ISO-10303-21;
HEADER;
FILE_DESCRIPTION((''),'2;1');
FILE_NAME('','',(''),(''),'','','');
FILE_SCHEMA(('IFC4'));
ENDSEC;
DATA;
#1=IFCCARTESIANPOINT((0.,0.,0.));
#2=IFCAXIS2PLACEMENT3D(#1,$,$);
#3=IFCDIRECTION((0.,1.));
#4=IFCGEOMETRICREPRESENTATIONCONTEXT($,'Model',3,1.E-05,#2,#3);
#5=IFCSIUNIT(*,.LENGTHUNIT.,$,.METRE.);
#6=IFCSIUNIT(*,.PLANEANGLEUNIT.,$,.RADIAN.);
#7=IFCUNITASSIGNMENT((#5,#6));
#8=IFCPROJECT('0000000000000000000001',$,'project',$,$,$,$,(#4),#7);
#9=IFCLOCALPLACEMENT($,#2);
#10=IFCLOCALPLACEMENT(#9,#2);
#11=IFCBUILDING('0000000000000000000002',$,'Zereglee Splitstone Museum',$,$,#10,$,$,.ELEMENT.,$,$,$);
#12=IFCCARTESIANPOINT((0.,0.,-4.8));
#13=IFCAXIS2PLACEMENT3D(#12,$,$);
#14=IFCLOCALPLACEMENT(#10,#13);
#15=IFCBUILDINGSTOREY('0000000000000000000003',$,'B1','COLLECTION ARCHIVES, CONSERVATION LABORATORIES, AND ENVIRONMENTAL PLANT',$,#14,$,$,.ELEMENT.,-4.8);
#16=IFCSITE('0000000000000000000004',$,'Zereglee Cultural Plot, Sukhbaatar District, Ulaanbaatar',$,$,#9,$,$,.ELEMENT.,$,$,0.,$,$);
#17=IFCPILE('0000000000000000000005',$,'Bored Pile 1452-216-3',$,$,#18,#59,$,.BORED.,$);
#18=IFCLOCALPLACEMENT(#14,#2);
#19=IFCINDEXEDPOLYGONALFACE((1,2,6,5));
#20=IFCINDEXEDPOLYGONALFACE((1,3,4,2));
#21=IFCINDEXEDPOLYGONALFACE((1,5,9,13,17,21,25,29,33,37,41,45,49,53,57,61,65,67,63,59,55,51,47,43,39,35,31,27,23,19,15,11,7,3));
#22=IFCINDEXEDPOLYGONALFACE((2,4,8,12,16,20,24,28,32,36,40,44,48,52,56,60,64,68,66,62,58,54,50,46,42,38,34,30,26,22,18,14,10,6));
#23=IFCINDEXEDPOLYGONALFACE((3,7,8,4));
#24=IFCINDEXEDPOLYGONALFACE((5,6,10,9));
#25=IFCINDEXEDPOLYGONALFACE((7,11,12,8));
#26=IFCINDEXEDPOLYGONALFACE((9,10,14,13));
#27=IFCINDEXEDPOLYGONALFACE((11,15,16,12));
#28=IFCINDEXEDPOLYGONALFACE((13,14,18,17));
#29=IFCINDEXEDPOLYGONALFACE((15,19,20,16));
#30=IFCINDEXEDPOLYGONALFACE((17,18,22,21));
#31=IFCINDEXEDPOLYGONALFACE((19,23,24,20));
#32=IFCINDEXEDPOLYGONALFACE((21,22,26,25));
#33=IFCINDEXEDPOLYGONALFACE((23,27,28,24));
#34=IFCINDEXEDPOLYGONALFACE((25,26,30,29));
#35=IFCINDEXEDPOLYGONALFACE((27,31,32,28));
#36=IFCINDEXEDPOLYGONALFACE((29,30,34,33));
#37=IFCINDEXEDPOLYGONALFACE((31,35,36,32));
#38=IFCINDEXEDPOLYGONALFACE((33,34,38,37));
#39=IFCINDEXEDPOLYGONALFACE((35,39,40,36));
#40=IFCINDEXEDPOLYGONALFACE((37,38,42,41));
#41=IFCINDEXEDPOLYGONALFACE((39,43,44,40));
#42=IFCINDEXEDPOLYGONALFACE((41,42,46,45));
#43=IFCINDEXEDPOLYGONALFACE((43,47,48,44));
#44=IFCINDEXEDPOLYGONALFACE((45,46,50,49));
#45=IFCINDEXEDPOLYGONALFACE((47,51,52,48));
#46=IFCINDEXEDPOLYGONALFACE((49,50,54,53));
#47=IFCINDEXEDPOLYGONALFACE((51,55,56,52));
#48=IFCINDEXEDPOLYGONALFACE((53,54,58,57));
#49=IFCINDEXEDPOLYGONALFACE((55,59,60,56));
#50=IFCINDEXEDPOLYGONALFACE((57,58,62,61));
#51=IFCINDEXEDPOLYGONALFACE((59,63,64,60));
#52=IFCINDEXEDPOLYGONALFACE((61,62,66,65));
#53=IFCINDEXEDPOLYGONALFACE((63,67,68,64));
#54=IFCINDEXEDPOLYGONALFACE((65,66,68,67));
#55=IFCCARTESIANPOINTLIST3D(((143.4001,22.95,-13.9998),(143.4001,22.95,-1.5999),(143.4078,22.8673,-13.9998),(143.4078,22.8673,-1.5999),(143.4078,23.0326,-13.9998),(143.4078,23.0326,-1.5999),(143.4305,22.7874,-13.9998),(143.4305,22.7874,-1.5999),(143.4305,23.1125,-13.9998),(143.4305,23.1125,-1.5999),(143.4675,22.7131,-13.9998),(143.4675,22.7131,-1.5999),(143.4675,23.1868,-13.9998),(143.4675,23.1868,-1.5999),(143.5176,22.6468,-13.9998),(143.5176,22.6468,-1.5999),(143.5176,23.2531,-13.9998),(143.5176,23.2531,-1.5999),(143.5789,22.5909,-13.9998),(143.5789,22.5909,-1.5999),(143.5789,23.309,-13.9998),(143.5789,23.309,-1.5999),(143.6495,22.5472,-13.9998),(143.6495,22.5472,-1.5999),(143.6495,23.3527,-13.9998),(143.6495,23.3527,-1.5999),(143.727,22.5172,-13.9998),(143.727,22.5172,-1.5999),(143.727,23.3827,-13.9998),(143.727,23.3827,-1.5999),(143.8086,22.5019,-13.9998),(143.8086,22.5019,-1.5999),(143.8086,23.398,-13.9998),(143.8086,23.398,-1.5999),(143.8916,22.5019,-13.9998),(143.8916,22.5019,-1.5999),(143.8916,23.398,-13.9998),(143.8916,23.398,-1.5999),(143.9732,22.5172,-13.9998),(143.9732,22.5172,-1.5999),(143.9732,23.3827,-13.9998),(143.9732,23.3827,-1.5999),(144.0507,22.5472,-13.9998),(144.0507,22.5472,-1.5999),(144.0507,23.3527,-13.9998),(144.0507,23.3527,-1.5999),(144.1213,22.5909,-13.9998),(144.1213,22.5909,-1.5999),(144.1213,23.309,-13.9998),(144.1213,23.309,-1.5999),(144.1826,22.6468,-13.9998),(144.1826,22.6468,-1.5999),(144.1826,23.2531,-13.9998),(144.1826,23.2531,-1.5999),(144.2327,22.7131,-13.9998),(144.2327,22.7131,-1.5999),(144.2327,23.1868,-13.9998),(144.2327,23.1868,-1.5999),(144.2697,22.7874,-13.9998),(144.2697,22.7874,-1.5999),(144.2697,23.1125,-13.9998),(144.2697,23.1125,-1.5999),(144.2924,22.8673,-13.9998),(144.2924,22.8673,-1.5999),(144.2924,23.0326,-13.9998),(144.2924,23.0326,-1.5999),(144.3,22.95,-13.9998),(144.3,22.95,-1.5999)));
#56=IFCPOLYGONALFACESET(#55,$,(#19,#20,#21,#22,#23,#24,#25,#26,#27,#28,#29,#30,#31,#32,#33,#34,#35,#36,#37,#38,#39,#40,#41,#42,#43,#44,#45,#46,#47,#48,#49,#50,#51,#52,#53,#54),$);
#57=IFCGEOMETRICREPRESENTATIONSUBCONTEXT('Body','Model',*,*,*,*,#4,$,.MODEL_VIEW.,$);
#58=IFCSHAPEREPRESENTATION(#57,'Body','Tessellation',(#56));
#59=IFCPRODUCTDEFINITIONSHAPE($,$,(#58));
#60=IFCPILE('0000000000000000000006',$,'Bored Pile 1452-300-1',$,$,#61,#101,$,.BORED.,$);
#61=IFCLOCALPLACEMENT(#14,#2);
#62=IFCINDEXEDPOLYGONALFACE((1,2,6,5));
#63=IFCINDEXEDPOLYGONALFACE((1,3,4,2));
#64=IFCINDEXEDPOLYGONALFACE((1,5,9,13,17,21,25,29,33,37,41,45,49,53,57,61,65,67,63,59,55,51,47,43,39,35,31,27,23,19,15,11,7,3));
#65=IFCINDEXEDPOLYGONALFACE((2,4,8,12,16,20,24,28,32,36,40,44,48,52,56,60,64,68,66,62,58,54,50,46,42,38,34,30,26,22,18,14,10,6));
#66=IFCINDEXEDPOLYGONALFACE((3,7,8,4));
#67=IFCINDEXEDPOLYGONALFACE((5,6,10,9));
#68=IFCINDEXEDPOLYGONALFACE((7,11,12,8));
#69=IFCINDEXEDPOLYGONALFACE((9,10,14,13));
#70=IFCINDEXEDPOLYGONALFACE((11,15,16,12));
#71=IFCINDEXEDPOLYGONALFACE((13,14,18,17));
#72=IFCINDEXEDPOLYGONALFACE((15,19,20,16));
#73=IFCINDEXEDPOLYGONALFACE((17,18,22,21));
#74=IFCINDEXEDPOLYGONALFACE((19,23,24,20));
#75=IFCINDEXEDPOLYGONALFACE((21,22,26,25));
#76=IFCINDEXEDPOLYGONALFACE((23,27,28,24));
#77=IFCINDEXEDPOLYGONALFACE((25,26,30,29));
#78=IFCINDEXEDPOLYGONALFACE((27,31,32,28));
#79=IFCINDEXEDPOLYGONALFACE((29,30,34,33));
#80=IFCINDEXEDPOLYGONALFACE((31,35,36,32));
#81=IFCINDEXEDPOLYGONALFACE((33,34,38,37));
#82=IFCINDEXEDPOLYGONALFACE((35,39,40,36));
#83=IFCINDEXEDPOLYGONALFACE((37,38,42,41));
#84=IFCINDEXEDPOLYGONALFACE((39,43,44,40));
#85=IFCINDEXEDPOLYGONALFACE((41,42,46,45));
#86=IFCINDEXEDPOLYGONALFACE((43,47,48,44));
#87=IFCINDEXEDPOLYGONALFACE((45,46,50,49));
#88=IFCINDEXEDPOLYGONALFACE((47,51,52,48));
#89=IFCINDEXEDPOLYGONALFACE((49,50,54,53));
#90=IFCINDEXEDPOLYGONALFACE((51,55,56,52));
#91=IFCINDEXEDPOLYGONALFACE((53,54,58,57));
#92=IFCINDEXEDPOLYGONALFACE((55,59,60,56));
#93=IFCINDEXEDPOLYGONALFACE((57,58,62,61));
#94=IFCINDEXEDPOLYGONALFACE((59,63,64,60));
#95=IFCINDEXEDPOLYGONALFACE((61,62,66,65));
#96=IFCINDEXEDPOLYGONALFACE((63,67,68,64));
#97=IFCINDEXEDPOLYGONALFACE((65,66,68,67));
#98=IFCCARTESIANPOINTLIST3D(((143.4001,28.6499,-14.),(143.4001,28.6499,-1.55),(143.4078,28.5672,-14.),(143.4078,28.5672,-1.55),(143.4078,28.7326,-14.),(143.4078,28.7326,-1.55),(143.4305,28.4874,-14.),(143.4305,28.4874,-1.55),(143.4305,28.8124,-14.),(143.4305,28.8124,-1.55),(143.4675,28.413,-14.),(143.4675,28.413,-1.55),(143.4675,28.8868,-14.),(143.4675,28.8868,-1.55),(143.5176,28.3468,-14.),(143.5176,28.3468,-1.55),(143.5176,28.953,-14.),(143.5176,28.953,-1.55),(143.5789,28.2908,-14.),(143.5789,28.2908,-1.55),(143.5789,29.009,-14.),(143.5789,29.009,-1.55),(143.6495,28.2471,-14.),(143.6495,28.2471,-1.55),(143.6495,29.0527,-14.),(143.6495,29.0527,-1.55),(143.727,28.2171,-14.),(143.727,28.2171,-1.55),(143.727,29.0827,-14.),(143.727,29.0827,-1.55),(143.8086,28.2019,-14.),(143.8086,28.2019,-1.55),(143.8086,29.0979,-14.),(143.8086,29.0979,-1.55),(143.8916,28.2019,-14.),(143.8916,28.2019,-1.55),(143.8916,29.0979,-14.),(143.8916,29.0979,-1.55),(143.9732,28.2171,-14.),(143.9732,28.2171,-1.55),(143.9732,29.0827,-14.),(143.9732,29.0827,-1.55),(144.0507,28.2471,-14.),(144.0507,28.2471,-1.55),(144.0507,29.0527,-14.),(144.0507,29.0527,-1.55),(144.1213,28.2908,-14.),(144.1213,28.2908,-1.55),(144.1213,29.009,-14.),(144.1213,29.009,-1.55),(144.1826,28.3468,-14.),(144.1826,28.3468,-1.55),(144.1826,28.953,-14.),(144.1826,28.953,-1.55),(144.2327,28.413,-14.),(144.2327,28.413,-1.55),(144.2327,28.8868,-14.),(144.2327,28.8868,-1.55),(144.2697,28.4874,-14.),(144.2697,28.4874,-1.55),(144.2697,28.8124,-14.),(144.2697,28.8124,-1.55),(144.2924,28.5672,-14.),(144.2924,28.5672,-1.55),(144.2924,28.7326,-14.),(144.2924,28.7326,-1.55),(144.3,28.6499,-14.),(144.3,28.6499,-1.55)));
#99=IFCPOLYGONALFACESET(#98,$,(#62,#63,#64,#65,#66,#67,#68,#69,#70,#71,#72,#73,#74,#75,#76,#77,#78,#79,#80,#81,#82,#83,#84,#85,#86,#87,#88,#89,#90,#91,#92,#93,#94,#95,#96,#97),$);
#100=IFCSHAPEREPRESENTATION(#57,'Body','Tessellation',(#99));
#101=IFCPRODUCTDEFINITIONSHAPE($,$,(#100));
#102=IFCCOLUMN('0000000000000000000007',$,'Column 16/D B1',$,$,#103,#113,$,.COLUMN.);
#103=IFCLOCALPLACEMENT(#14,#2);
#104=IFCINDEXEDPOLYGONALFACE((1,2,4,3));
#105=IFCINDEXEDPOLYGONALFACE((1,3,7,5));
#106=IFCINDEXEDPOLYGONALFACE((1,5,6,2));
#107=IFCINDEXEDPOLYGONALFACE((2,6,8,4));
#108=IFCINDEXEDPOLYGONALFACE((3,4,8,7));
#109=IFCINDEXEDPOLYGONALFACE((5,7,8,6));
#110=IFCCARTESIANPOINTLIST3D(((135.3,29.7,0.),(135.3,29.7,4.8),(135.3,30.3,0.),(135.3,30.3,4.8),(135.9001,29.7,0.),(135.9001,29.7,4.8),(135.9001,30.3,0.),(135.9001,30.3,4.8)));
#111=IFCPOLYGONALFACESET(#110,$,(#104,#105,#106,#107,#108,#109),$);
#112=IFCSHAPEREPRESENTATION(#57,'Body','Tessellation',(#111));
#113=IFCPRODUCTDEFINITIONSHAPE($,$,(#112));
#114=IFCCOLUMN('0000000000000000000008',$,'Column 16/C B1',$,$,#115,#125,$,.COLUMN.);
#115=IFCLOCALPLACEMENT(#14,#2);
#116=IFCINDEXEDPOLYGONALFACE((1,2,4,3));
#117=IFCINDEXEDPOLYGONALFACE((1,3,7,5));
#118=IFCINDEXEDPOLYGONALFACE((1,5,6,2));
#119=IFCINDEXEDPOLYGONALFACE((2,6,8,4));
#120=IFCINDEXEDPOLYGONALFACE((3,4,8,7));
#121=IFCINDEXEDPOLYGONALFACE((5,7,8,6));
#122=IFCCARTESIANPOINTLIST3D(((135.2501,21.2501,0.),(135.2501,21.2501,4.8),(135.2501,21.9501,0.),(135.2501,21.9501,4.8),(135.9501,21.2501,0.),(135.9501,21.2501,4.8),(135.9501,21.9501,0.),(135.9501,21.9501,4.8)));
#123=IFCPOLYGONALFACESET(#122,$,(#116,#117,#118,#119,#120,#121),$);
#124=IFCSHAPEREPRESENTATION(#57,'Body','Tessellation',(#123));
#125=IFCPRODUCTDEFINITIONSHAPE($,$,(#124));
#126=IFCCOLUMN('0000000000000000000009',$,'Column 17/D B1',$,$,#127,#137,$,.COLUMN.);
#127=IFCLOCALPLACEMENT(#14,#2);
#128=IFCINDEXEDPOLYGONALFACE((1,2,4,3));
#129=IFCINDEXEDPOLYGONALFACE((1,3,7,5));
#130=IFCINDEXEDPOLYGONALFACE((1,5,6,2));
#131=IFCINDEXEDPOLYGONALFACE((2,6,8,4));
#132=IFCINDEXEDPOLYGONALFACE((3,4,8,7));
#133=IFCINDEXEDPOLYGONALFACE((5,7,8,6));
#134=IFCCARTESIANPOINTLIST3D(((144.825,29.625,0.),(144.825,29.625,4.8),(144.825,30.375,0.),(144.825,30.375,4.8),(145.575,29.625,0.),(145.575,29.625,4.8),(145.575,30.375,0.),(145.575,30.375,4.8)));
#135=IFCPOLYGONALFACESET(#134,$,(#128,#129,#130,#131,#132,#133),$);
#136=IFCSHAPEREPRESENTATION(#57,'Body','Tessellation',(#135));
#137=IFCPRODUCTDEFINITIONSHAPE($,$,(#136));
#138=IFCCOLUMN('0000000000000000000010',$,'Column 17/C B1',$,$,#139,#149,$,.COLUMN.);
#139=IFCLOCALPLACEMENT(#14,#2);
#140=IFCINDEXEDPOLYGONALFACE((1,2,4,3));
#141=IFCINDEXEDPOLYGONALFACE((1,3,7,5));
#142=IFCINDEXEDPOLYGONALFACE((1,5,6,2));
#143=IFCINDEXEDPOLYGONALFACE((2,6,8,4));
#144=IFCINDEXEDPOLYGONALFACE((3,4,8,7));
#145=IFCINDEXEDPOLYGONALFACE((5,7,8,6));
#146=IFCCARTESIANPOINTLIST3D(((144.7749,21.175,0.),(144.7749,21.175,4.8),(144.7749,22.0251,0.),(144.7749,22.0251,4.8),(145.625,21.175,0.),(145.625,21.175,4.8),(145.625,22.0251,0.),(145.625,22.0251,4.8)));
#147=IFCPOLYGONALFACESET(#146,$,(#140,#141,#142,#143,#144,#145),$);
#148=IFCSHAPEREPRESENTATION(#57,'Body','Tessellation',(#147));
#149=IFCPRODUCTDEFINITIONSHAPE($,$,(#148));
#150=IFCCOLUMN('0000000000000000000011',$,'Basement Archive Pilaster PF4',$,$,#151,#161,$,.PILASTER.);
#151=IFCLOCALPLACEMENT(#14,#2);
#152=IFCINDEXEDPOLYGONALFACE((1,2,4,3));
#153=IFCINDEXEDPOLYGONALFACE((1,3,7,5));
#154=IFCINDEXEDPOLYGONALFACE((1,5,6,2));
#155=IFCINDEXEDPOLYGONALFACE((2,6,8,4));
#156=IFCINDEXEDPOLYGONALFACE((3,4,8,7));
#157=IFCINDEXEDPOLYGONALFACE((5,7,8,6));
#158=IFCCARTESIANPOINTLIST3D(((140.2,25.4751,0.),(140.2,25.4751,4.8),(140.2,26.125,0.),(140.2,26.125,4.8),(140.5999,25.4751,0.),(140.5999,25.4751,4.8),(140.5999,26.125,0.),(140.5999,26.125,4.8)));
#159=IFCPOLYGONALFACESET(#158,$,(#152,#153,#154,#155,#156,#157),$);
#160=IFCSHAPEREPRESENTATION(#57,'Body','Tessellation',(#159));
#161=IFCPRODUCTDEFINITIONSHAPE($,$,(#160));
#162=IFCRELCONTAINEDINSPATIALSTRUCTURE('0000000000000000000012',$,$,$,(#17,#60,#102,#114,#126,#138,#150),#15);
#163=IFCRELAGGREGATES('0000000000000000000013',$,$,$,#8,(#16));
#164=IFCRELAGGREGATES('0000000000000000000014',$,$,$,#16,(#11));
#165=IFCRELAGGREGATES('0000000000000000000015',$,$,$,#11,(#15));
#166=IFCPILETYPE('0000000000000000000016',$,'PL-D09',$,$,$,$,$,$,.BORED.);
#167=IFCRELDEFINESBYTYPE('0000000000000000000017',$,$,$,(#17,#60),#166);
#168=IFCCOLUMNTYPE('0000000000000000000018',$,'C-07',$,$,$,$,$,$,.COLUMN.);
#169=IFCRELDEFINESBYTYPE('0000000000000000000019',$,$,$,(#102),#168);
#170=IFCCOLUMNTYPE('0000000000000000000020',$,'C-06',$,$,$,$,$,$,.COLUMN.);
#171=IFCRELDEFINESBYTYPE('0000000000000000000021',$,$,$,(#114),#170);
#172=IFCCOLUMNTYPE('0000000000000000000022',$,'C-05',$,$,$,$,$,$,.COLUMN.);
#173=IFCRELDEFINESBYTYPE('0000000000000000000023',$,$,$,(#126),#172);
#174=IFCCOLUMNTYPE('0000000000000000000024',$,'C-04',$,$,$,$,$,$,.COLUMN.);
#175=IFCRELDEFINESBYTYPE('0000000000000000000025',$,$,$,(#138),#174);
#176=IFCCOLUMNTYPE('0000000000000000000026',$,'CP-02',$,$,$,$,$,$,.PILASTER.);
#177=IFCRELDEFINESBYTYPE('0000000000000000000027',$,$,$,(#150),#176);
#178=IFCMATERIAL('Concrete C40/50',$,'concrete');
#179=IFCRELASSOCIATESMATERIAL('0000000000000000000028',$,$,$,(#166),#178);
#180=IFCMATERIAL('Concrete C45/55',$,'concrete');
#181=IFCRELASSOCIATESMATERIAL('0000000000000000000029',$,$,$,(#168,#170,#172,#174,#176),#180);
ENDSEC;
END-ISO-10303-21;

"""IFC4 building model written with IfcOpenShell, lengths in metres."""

from ifc_helpers import new_model, si_unit, direction, frame, origin, origin_2d, place, context, subcontext, project, spatial, rectangle, circle, extrude, material, material_profile, profile_set, type_object, element, save


model = new_model("IFC4")

# Units and contexts
model_context = context("Model", 3, precision=1e-05, world=origin(), true_north=direction((0.0, 1.0)))
body_context = subcontext(model_context, "Body", "Model", "MODEL_VIEW")
ifc_project = project(units=[si_unit("LENGTHUNIT", "METRE"), si_unit("PLANEANGLEUNIT", "RADIAN")], contexts=[model_context])

# Site, building, storey
site_placement = place(None, origin())
site = spatial("IfcSite", under=ifc_project, at=site_placement, Name="Zereglee Cultural Plot, Sukhbaatar District, Ulaanbaatar", CompositionType="ELEMENT", RefElevation=0.0)
building_placement = place(site_placement, origin())
building = spatial("IfcBuilding", under=site, at=building_placement, Name="Zereglee Splitstone Museum", CompositionType="ELEMENT")
storey_placement = place(building_placement, frame((0.0, 0.0, -4.8)))
storey = spatial("IfcBuildingStorey", under=building, at=storey_placement, Name="B1", Description="COLLECTION ARCHIVES, CONSERVATION LABORATORIES, AND ENVIRONMENTAL PLANT", CompositionType="ELEMENT", Elevation=-4.8)

# Shared definitions
ifc_material_1 = material(Name="Concrete C40/50", Category="concrete")

# Piles
ifc_material_profile_1 = material_profile(ifc_material_1, circle(Radius=0.45, at=origin_2d()), Name="PILE D900")
ifc_profile_set_1 = profile_set([ifc_material_profile_1], Name="Concrete C40/50")
pile_type = type_object("IfcPileType", Name="PL-D09", PredefinedType="BORED", material=ifc_profile_set_1)
for number, where, z_axis, x_axis, name in (
    (1, (143.8501, 22.95, -1.5999), (0.0, 0.0, -1.0), (1.0, 0.0, 0.0), "Bored Pile 1452-216-3"),
):
    element("IfcPile", number, at=place(storey_placement, frame(where, z_axis=z_axis, x_axis=x_axis)), inside=storey, type_object=pile_type, Name=name, PredefinedType="BORED", context=body_context, shape_type="SweptSolid", body=[
        extrude(circle(Radius=0.45, at=origin_2d()), origin(), (0.0, 0.0, 1.0), 12.3999),
    ])
pile_placement = place(storey_placement, frame((143.8501, 28.6499, -1.55), z_axis=(0.0, 0.0, -1.0), x_axis=(1.0, 0.0, 0.0)))
element("IfcPile", 2, at=pile_placement, inside=storey, type_object=pile_type, Name="Bored Pile 1452-300-1", PredefinedType="BORED", context=body_context, shape_type="SweptSolid", body=[
    extrude(circle(Radius=0.45, at=origin_2d()), origin(), (0.0, 0.0, 1.0), 12.45),
])

# Columns
ifc_material_2 = material(Name="Concrete C45/55", Category="concrete")
ifc_material_profile_2 = material_profile(ifc_material_2, rectangle(XDim=0.6001, YDim=0.6001, at=origin_2d()), Name="RC 600x600")
ifc_profile_set_2 = profile_set([ifc_material_profile_2], Name="Concrete C45/55")
column_type_1 = type_object("IfcColumnType", Name="C-07", PredefinedType="COLUMN", material=ifc_profile_set_2)
column_1_placement = place(storey_placement, frame((135.6001, 30.0, 0.0), z_axis=(0.0, 0.0, 1.0), x_axis=(1.0, 0.0, 0.0)))
element("IfcColumn", 3, at=column_1_placement, inside=storey, type_object=column_type_1, Name="Column 16/D B1", PredefinedType="COLUMN", context=body_context, shape_type="SweptSolid", body=[
    extrude(rectangle(XDim=0.6001, YDim=0.6001, at=origin_2d()), origin(), (0.0, 0.0, 1.0), 4.8),
])
ifc_material_profile_3 = material_profile(ifc_material_2, rectangle(XDim=0.7, YDim=0.7, at=origin_2d()), Name="RC 700x700")
ifc_profile_set_3 = profile_set([ifc_material_profile_3], Name="Concrete C45/55")
column_type_2 = type_object("IfcColumnType", Name="C-06", PredefinedType="COLUMN", material=ifc_profile_set_3)
column_2_placement = place(storey_placement, frame((135.6001, 21.6001, 0.0), z_axis=(0.0, 0.0, 1.0), x_axis=(1.0, 0.0, 0.0)))
element("IfcColumn", 4, at=column_2_placement, inside=storey, type_object=column_type_2, Name="Column 16/C B1", PredefinedType="COLUMN", context=body_context, shape_type="SweptSolid", body=[
    extrude(rectangle(XDim=0.7, YDim=0.7, at=origin_2d()), origin(), (0.0, 0.0, 1.0), 4.8),
])
ifc_material_profile_4 = material_profile(ifc_material_2, rectangle(XDim=0.75, YDim=0.75, at=origin_2d()), Name="RC 750x750")
ifc_profile_set_4 = profile_set([ifc_material_profile_4], Name="Concrete C45/55")
column_type_3 = type_object("IfcColumnType", Name="C-05", PredefinedType="COLUMN", material=ifc_profile_set_4)
column_3_placement = place(storey_placement, frame((145.2, 30.0, 0.0), z_axis=(0.0, 0.0, 1.0), x_axis=(1.0, 0.0, 0.0)))
element("IfcColumn", 5, at=column_3_placement, inside=storey, type_object=column_type_3, Name="Column 17/D B1", PredefinedType="COLUMN", context=body_context, shape_type="SweptSolid", body=[
    extrude(rectangle(XDim=0.75, YDim=0.75, at=origin_2d()), origin(), (0.0, 0.0, 1.0), 4.8),
])
ifc_material_profile_5 = material_profile(ifc_material_2, rectangle(XDim=0.8501, YDim=0.8501, at=origin_2d()), Name="RC 850x850")
ifc_profile_set_5 = profile_set([ifc_material_profile_5], Name="Concrete C45/55")
column_type_4 = type_object("IfcColumnType", Name="C-04", PredefinedType="COLUMN", material=ifc_profile_set_5)
column_4_placement = place(storey_placement, frame((145.2, 21.6001, 0.0), z_axis=(0.0, 0.0, 1.0), x_axis=(1.0, 0.0, 0.0)))
element("IfcColumn", 6, at=column_4_placement, inside=storey, type_object=column_type_4, Name="Column 17/C B1", PredefinedType="COLUMN", context=body_context, shape_type="SweptSolid", body=[
    extrude(rectangle(XDim=0.8501, YDim=0.8501, at=origin_2d()), origin(), (0.0, 0.0, 1.0), 4.8),
])
ifc_material_profile_6 = material_profile(ifc_material_2, rectangle(XDim=0.3999, YDim=0.6499, at=origin_2d()), Name="RC 400x650")
ifc_profile_set_6 = profile_set([ifc_material_profile_6], Name="Concrete C45/55")
column_type_5 = type_object("IfcColumnType", Name="CP-02", PredefinedType="PILASTER", material=ifc_profile_set_6)
column_5_placement = place(storey_placement, frame((140.3999, 25.8, 0.0), z_axis=(0.0, 0.0, 1.0), x_axis=(1.0, 0.0, 0.0)))
element("IfcColumn", 7, at=column_5_placement, inside=storey, type_object=column_type_5, Name="Basement Archive Pilaster PF4", PredefinedType="PILASTER", context=body_context, shape_type="SweptSolid", body=[
    extrude(rectangle(XDim=0.3999, YDim=0.6499, at=origin_2d()), origin(), (0.0, 0.0, 1.0), 4.8),
])

save(model, "model.ifc")
